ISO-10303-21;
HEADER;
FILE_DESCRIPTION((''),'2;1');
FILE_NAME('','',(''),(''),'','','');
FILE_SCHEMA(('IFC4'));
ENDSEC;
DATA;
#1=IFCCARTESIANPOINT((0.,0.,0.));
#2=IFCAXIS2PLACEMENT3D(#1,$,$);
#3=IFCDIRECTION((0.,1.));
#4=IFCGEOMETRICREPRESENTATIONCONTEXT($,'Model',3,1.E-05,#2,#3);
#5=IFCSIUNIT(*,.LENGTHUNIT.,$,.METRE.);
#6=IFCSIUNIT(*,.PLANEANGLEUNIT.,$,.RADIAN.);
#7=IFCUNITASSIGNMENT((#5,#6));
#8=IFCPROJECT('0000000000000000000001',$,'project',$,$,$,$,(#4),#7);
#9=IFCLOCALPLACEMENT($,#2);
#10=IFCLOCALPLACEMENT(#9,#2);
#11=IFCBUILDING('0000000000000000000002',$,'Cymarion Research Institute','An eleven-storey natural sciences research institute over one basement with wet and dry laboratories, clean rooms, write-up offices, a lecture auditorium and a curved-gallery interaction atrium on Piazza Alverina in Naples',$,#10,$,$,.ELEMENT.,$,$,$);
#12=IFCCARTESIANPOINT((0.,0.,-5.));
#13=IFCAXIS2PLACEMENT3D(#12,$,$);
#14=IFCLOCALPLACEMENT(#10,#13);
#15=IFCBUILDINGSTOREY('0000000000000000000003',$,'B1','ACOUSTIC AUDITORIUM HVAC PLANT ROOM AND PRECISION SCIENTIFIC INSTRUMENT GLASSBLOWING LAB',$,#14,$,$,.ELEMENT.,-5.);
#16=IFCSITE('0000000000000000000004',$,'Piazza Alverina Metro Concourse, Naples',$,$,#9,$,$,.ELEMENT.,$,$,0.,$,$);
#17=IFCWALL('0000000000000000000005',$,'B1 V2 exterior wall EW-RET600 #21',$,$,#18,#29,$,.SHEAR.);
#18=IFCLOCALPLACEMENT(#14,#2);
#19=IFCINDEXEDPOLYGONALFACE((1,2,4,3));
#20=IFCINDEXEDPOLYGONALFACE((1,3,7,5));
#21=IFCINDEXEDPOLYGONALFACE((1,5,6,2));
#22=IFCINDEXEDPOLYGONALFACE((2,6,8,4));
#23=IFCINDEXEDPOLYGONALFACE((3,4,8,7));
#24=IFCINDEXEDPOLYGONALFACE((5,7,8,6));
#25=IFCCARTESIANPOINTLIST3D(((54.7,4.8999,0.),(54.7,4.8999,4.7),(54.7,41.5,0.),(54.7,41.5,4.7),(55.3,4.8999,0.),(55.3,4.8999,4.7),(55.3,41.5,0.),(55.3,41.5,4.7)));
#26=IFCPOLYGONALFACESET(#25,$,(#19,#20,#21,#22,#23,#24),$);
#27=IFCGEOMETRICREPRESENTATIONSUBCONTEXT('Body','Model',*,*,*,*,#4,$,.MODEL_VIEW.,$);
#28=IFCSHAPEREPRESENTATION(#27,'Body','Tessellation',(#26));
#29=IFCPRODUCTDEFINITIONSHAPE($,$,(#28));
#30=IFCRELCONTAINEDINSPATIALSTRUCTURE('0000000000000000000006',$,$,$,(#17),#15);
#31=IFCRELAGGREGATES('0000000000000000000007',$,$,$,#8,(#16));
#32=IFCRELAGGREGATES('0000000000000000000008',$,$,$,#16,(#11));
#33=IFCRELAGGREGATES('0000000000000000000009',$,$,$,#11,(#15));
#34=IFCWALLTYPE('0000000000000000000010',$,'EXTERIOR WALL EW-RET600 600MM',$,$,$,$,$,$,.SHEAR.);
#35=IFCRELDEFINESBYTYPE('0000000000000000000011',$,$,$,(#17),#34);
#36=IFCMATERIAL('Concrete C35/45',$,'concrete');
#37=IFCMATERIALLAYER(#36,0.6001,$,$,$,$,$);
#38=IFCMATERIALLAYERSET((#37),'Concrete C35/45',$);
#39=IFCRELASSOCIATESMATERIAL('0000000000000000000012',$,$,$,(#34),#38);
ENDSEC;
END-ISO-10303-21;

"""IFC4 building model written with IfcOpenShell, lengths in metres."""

from ifc_helpers import new_model, si_unit, direction, frame, frame_2d, origin, place, context, subcontext, project, spatial, rectangle, extrude, material, layer, layer_set, type_object, element, save


model = new_model("IFC4")

# Units and contexts
model_context = context("Model", 3, precision=1e-05, world=origin(), true_north=direction((0.0, 1.0)))
body_context = subcontext(model_context, "Body", "Model", "MODEL_VIEW")
ifc_project = project(units=[si_unit("LENGTHUNIT", "METRE"), si_unit("PLANEANGLEUNIT", "RADIAN")], contexts=[model_context])

# Site, building, storey
site_placement = place(None, origin())
site = spatial("IfcSite", under=ifc_project, at=site_placement, Name="Piazza Alverina Metro Concourse, Naples", CompositionType="ELEMENT", RefElevation=0.0)
building_placement = place(site_placement, origin())
building = spatial("IfcBuilding", under=site, at=building_placement, Name="Cymarion Research Institute", Description="An eleven-storey natural sciences research institute over one basement with wet and dry laboratories, clean rooms, write-up offices, a lecture auditorium and a curved-gallery interaction atrium on Piazza Alverina in Naples", CompositionType="ELEMENT")
storey_placement = place(building_placement, frame((0.0, 0.0, -5.0)))
storey = spatial("IfcBuildingStorey", under=building, at=storey_placement, Name="B1", Description="ACOUSTIC AUDITORIUM HVAC PLANT ROOM AND PRECISION SCIENTIFIC INSTRUMENT GLASSBLOWING LAB", CompositionType="ELEMENT", Elevation=-5.0)

# Shared definitions
ifc_material_1 = material(Name="Concrete C35/45", Category="concrete")

# Wall
ifc_layer_1 = layer(ifc_material_1, 0.6001)
ifc_layer_set_1 = layer_set([ifc_layer_1], Name="Concrete C35/45")
wall_type = type_object("IfcWallType", Name="EXTERIOR WALL EW-RET600 600MM", PredefinedType="SHEAR", material=ifc_layer_set_1)
wall_placement = place(storey_placement, frame((55.0, 41.5, 0.0), z_axis=(0.0, 0.0, 1.0), x_axis=(0.0, -1.0, 0.0)))
element("IfcWall", 1, at=wall_placement, inside=storey, type_object=wall_type, Name="B1 V2 exterior wall EW-RET600 #21", PredefinedType="SHEAR", context=body_context, shape_type="SweptSolid", body=[
    extrude(rectangle(XDim=36.6001, YDim=0.6001, at=frame_2d((18.3, 0.0))), origin(), (0.0, 0.0, 1.0), 4.7),
])

save(model, "model.ifc")
